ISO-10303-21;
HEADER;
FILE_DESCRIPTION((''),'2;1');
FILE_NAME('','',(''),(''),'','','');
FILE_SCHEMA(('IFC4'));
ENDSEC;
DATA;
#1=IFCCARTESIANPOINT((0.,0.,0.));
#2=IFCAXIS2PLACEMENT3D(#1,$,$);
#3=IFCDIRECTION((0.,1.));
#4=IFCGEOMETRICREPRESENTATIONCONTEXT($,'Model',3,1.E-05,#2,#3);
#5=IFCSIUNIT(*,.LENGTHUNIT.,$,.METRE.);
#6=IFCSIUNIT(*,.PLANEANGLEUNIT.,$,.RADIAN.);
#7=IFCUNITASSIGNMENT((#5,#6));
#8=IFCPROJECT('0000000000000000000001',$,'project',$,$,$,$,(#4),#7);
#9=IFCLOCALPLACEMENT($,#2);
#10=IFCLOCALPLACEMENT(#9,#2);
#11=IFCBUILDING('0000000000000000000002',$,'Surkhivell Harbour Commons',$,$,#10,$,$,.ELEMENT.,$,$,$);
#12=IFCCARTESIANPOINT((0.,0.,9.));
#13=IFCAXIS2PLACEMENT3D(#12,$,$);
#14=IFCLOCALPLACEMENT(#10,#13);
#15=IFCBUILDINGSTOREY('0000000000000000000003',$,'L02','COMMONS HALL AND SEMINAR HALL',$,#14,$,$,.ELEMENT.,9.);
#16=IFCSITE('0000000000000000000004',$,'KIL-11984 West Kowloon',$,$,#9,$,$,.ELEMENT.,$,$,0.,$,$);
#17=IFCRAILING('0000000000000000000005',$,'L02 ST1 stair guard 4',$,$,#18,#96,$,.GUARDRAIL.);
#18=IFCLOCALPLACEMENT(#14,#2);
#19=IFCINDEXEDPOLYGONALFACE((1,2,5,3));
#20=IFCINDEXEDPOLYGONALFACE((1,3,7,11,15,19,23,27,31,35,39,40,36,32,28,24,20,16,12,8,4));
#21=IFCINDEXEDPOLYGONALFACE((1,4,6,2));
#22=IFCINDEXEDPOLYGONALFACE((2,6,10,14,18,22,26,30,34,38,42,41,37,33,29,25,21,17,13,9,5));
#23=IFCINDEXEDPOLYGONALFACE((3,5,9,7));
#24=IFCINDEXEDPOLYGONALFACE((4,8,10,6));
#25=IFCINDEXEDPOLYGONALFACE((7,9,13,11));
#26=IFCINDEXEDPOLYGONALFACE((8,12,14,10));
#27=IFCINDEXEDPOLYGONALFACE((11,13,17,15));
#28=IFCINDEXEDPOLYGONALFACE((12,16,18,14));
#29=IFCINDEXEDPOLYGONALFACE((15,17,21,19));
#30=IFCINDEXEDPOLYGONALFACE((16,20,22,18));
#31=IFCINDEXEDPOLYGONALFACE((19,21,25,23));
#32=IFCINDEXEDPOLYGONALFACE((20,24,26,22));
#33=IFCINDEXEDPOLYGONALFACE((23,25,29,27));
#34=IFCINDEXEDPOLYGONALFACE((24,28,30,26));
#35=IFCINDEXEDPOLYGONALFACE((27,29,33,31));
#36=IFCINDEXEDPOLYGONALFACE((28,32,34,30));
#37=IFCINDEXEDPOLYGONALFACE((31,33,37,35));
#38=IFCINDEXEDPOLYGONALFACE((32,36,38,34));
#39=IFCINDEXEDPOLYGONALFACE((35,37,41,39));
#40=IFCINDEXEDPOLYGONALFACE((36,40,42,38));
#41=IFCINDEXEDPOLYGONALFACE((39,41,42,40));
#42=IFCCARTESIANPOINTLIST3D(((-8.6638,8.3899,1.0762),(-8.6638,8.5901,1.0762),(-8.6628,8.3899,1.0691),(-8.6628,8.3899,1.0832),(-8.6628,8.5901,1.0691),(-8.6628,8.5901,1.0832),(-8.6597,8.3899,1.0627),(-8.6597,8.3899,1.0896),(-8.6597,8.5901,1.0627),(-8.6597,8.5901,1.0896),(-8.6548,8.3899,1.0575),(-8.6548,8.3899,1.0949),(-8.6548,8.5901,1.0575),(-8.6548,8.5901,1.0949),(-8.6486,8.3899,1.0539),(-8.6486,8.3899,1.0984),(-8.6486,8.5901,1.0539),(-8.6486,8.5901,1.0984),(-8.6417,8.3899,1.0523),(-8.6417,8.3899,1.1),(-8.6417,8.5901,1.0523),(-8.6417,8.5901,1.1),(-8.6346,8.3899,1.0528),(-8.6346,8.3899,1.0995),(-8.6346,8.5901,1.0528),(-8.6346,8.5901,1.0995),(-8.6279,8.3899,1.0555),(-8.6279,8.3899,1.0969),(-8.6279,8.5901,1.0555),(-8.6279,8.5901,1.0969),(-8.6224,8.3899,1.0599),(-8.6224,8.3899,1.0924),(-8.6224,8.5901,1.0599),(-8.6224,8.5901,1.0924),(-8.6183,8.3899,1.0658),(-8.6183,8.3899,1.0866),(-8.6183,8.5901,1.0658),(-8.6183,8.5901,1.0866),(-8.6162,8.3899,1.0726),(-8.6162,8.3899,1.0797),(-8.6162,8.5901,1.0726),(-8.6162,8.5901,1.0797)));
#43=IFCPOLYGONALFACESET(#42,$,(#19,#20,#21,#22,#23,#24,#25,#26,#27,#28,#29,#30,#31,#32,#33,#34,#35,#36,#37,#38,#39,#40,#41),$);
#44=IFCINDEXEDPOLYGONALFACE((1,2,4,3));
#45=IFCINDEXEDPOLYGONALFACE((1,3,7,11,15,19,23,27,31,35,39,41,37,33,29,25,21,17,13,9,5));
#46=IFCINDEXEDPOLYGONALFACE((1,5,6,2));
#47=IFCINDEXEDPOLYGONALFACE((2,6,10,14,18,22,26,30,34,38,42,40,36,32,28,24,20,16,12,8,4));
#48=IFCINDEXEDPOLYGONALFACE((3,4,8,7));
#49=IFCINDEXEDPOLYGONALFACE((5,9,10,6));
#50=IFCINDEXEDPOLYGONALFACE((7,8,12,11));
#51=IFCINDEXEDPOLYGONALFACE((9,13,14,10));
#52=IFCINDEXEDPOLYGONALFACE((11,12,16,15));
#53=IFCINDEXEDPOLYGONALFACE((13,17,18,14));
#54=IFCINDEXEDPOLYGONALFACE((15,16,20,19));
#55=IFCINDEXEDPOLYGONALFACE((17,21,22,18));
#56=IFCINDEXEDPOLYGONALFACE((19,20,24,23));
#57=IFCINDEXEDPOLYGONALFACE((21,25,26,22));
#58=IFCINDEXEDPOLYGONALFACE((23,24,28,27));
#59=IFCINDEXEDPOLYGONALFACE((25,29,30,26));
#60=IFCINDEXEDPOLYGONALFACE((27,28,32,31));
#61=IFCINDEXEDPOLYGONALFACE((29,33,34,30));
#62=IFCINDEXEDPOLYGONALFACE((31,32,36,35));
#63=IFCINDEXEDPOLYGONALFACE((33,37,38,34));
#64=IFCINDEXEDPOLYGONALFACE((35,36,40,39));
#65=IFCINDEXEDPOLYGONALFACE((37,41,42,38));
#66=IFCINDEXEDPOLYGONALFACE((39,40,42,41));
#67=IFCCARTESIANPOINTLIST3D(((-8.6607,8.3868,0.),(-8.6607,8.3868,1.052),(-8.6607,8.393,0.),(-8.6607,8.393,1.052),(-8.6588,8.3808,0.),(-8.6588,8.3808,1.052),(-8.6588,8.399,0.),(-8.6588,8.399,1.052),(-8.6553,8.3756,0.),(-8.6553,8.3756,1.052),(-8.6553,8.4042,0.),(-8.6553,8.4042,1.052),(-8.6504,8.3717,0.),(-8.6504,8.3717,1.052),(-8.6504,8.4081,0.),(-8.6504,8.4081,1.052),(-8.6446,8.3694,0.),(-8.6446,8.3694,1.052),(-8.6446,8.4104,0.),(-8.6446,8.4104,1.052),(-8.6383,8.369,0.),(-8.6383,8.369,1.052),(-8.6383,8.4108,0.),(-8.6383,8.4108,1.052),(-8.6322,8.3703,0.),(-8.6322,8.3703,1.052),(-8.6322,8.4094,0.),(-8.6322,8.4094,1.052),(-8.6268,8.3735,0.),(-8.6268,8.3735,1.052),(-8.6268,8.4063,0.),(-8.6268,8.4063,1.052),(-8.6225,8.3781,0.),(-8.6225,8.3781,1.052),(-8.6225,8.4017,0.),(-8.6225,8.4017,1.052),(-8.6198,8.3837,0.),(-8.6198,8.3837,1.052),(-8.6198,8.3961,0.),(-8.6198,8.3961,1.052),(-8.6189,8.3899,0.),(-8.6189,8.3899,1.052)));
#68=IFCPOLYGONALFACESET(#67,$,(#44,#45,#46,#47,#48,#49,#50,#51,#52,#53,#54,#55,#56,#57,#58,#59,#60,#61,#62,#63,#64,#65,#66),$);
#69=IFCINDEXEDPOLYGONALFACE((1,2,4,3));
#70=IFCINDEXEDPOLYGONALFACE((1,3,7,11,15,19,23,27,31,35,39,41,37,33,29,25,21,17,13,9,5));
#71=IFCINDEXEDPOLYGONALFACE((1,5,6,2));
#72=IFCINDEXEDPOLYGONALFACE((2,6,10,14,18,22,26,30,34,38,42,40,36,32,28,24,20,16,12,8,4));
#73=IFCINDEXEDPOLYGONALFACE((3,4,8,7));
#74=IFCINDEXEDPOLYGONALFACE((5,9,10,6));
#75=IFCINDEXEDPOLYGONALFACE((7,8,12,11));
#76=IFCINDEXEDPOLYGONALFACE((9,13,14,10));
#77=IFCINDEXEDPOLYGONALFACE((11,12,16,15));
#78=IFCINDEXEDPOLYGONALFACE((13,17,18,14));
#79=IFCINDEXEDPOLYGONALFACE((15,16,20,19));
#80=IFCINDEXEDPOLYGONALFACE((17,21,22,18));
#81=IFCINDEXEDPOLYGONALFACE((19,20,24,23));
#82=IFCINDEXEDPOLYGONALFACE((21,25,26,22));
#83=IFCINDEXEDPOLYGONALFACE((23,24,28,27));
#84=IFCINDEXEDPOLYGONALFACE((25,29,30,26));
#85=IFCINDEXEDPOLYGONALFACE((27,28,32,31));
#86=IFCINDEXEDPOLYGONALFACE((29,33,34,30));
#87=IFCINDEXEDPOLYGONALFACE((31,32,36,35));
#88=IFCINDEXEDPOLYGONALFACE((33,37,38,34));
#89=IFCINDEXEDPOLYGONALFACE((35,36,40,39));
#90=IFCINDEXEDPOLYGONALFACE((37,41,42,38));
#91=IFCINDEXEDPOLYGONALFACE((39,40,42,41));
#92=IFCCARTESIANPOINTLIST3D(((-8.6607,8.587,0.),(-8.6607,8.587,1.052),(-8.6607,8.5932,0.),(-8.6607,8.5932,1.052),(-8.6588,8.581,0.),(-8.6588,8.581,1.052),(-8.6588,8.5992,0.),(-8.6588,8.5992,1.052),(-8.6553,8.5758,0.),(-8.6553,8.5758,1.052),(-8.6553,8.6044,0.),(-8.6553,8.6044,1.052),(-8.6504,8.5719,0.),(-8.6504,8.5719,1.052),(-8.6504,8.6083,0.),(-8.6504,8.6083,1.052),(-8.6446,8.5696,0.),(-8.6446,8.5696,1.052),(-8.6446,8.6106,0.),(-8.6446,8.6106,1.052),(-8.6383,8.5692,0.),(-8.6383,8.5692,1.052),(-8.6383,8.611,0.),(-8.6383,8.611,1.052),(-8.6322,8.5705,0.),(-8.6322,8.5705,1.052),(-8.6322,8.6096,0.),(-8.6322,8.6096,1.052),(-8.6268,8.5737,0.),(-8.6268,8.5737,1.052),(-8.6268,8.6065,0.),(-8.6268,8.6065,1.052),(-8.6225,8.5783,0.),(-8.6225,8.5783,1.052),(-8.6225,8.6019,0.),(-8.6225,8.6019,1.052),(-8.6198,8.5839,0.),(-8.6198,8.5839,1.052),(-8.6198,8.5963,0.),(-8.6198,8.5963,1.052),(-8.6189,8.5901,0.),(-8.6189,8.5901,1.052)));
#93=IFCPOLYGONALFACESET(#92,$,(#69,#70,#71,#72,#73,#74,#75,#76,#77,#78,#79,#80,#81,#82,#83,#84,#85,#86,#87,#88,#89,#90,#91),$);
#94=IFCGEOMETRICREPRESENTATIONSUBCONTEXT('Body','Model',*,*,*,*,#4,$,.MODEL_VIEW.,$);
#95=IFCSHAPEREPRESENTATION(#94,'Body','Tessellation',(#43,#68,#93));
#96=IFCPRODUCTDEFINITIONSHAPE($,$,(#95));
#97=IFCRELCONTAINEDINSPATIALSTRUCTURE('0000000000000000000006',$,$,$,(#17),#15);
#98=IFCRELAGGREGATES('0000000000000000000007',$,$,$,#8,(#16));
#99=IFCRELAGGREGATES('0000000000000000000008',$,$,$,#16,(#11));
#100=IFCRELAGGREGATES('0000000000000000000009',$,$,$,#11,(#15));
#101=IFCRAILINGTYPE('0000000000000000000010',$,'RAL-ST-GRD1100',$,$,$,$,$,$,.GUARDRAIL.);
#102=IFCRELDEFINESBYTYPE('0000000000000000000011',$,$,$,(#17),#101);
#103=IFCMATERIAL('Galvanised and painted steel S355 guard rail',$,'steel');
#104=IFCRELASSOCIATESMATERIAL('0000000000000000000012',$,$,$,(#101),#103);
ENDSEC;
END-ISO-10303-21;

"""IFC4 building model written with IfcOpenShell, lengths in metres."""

from ifc_helpers import new_model, si_unit, direction, frame, origin, origin_2d, place, context, subcontext, project, spatial, circle, extrude, material, type_object, element, save


model = new_model("IFC4")

# Units and contexts
model_context = context("Model", 3, precision=1e-05, world=origin(), true_north=direction((0.0, 1.0)))
body_context = subcontext(model_context, "Body", "Model", "MODEL_VIEW")
ifc_project = project(units=[si_unit("LENGTHUNIT", "METRE"), si_unit("PLANEANGLEUNIT", "RADIAN")], contexts=[model_context])

# Site, building, storey
site_placement = place(None, origin())
site = spatial("IfcSite", under=ifc_project, at=site_placement, Name="KIL-11984 West Kowloon", CompositionType="ELEMENT", RefElevation=0.0)
building_placement = place(site_placement, origin())
building = spatial("IfcBuilding", under=site, at=building_placement, Name="Surkhivell Harbour Commons", CompositionType="ELEMENT")
storey_placement = place(building_placement, frame((0.0, 0.0, 9.0)))
storey = spatial("IfcBuildingStorey", under=building, at=storey_placement, Name="L02", Description="COMMONS HALL AND SEMINAR HALL", CompositionType="ELEMENT", Elevation=9.0)

# Railing
ifc_material_1 = material(Name="Galvanised and painted steel S355 guard rail", Category="steel")
railing_type_1 = type_object("IfcRailingType", Name="RAL-ST-GRD1100", PredefinedType="GUARDRAIL", material=ifc_material_1)
railing_1_placement = place(storey_placement, frame((-8.6399, 8.3899, 0.0)))
element("IfcRailing", 1, at=railing_1_placement, inside=storey, type_object=railing_type_1, Name="L02 ST1 stair guard 4", PredefinedType="GUARDRAIL", context=body_context, shape_type="SweptSolid", body=[
    extrude(circle(Radius=0.0239, at=origin_2d()), frame((0.0, 0.0, 1.0762), z_axis=(0.0, 1.0, 0.0), x_axis=(-1.0, 0.0, 0.0)), (0.0, 0.0, 1.0), 0.2002),
    extrude(circle(Radius=0.021, at=origin_2d()), origin(), (0.0, 0.0, 1.0), 1.052),
    extrude(circle(Radius=0.021, at=origin_2d()), frame((0.0, 0.2002, 0.0)), (0.0, 0.0, 1.0), 1.052),
])

save(model, "model.ifc")
